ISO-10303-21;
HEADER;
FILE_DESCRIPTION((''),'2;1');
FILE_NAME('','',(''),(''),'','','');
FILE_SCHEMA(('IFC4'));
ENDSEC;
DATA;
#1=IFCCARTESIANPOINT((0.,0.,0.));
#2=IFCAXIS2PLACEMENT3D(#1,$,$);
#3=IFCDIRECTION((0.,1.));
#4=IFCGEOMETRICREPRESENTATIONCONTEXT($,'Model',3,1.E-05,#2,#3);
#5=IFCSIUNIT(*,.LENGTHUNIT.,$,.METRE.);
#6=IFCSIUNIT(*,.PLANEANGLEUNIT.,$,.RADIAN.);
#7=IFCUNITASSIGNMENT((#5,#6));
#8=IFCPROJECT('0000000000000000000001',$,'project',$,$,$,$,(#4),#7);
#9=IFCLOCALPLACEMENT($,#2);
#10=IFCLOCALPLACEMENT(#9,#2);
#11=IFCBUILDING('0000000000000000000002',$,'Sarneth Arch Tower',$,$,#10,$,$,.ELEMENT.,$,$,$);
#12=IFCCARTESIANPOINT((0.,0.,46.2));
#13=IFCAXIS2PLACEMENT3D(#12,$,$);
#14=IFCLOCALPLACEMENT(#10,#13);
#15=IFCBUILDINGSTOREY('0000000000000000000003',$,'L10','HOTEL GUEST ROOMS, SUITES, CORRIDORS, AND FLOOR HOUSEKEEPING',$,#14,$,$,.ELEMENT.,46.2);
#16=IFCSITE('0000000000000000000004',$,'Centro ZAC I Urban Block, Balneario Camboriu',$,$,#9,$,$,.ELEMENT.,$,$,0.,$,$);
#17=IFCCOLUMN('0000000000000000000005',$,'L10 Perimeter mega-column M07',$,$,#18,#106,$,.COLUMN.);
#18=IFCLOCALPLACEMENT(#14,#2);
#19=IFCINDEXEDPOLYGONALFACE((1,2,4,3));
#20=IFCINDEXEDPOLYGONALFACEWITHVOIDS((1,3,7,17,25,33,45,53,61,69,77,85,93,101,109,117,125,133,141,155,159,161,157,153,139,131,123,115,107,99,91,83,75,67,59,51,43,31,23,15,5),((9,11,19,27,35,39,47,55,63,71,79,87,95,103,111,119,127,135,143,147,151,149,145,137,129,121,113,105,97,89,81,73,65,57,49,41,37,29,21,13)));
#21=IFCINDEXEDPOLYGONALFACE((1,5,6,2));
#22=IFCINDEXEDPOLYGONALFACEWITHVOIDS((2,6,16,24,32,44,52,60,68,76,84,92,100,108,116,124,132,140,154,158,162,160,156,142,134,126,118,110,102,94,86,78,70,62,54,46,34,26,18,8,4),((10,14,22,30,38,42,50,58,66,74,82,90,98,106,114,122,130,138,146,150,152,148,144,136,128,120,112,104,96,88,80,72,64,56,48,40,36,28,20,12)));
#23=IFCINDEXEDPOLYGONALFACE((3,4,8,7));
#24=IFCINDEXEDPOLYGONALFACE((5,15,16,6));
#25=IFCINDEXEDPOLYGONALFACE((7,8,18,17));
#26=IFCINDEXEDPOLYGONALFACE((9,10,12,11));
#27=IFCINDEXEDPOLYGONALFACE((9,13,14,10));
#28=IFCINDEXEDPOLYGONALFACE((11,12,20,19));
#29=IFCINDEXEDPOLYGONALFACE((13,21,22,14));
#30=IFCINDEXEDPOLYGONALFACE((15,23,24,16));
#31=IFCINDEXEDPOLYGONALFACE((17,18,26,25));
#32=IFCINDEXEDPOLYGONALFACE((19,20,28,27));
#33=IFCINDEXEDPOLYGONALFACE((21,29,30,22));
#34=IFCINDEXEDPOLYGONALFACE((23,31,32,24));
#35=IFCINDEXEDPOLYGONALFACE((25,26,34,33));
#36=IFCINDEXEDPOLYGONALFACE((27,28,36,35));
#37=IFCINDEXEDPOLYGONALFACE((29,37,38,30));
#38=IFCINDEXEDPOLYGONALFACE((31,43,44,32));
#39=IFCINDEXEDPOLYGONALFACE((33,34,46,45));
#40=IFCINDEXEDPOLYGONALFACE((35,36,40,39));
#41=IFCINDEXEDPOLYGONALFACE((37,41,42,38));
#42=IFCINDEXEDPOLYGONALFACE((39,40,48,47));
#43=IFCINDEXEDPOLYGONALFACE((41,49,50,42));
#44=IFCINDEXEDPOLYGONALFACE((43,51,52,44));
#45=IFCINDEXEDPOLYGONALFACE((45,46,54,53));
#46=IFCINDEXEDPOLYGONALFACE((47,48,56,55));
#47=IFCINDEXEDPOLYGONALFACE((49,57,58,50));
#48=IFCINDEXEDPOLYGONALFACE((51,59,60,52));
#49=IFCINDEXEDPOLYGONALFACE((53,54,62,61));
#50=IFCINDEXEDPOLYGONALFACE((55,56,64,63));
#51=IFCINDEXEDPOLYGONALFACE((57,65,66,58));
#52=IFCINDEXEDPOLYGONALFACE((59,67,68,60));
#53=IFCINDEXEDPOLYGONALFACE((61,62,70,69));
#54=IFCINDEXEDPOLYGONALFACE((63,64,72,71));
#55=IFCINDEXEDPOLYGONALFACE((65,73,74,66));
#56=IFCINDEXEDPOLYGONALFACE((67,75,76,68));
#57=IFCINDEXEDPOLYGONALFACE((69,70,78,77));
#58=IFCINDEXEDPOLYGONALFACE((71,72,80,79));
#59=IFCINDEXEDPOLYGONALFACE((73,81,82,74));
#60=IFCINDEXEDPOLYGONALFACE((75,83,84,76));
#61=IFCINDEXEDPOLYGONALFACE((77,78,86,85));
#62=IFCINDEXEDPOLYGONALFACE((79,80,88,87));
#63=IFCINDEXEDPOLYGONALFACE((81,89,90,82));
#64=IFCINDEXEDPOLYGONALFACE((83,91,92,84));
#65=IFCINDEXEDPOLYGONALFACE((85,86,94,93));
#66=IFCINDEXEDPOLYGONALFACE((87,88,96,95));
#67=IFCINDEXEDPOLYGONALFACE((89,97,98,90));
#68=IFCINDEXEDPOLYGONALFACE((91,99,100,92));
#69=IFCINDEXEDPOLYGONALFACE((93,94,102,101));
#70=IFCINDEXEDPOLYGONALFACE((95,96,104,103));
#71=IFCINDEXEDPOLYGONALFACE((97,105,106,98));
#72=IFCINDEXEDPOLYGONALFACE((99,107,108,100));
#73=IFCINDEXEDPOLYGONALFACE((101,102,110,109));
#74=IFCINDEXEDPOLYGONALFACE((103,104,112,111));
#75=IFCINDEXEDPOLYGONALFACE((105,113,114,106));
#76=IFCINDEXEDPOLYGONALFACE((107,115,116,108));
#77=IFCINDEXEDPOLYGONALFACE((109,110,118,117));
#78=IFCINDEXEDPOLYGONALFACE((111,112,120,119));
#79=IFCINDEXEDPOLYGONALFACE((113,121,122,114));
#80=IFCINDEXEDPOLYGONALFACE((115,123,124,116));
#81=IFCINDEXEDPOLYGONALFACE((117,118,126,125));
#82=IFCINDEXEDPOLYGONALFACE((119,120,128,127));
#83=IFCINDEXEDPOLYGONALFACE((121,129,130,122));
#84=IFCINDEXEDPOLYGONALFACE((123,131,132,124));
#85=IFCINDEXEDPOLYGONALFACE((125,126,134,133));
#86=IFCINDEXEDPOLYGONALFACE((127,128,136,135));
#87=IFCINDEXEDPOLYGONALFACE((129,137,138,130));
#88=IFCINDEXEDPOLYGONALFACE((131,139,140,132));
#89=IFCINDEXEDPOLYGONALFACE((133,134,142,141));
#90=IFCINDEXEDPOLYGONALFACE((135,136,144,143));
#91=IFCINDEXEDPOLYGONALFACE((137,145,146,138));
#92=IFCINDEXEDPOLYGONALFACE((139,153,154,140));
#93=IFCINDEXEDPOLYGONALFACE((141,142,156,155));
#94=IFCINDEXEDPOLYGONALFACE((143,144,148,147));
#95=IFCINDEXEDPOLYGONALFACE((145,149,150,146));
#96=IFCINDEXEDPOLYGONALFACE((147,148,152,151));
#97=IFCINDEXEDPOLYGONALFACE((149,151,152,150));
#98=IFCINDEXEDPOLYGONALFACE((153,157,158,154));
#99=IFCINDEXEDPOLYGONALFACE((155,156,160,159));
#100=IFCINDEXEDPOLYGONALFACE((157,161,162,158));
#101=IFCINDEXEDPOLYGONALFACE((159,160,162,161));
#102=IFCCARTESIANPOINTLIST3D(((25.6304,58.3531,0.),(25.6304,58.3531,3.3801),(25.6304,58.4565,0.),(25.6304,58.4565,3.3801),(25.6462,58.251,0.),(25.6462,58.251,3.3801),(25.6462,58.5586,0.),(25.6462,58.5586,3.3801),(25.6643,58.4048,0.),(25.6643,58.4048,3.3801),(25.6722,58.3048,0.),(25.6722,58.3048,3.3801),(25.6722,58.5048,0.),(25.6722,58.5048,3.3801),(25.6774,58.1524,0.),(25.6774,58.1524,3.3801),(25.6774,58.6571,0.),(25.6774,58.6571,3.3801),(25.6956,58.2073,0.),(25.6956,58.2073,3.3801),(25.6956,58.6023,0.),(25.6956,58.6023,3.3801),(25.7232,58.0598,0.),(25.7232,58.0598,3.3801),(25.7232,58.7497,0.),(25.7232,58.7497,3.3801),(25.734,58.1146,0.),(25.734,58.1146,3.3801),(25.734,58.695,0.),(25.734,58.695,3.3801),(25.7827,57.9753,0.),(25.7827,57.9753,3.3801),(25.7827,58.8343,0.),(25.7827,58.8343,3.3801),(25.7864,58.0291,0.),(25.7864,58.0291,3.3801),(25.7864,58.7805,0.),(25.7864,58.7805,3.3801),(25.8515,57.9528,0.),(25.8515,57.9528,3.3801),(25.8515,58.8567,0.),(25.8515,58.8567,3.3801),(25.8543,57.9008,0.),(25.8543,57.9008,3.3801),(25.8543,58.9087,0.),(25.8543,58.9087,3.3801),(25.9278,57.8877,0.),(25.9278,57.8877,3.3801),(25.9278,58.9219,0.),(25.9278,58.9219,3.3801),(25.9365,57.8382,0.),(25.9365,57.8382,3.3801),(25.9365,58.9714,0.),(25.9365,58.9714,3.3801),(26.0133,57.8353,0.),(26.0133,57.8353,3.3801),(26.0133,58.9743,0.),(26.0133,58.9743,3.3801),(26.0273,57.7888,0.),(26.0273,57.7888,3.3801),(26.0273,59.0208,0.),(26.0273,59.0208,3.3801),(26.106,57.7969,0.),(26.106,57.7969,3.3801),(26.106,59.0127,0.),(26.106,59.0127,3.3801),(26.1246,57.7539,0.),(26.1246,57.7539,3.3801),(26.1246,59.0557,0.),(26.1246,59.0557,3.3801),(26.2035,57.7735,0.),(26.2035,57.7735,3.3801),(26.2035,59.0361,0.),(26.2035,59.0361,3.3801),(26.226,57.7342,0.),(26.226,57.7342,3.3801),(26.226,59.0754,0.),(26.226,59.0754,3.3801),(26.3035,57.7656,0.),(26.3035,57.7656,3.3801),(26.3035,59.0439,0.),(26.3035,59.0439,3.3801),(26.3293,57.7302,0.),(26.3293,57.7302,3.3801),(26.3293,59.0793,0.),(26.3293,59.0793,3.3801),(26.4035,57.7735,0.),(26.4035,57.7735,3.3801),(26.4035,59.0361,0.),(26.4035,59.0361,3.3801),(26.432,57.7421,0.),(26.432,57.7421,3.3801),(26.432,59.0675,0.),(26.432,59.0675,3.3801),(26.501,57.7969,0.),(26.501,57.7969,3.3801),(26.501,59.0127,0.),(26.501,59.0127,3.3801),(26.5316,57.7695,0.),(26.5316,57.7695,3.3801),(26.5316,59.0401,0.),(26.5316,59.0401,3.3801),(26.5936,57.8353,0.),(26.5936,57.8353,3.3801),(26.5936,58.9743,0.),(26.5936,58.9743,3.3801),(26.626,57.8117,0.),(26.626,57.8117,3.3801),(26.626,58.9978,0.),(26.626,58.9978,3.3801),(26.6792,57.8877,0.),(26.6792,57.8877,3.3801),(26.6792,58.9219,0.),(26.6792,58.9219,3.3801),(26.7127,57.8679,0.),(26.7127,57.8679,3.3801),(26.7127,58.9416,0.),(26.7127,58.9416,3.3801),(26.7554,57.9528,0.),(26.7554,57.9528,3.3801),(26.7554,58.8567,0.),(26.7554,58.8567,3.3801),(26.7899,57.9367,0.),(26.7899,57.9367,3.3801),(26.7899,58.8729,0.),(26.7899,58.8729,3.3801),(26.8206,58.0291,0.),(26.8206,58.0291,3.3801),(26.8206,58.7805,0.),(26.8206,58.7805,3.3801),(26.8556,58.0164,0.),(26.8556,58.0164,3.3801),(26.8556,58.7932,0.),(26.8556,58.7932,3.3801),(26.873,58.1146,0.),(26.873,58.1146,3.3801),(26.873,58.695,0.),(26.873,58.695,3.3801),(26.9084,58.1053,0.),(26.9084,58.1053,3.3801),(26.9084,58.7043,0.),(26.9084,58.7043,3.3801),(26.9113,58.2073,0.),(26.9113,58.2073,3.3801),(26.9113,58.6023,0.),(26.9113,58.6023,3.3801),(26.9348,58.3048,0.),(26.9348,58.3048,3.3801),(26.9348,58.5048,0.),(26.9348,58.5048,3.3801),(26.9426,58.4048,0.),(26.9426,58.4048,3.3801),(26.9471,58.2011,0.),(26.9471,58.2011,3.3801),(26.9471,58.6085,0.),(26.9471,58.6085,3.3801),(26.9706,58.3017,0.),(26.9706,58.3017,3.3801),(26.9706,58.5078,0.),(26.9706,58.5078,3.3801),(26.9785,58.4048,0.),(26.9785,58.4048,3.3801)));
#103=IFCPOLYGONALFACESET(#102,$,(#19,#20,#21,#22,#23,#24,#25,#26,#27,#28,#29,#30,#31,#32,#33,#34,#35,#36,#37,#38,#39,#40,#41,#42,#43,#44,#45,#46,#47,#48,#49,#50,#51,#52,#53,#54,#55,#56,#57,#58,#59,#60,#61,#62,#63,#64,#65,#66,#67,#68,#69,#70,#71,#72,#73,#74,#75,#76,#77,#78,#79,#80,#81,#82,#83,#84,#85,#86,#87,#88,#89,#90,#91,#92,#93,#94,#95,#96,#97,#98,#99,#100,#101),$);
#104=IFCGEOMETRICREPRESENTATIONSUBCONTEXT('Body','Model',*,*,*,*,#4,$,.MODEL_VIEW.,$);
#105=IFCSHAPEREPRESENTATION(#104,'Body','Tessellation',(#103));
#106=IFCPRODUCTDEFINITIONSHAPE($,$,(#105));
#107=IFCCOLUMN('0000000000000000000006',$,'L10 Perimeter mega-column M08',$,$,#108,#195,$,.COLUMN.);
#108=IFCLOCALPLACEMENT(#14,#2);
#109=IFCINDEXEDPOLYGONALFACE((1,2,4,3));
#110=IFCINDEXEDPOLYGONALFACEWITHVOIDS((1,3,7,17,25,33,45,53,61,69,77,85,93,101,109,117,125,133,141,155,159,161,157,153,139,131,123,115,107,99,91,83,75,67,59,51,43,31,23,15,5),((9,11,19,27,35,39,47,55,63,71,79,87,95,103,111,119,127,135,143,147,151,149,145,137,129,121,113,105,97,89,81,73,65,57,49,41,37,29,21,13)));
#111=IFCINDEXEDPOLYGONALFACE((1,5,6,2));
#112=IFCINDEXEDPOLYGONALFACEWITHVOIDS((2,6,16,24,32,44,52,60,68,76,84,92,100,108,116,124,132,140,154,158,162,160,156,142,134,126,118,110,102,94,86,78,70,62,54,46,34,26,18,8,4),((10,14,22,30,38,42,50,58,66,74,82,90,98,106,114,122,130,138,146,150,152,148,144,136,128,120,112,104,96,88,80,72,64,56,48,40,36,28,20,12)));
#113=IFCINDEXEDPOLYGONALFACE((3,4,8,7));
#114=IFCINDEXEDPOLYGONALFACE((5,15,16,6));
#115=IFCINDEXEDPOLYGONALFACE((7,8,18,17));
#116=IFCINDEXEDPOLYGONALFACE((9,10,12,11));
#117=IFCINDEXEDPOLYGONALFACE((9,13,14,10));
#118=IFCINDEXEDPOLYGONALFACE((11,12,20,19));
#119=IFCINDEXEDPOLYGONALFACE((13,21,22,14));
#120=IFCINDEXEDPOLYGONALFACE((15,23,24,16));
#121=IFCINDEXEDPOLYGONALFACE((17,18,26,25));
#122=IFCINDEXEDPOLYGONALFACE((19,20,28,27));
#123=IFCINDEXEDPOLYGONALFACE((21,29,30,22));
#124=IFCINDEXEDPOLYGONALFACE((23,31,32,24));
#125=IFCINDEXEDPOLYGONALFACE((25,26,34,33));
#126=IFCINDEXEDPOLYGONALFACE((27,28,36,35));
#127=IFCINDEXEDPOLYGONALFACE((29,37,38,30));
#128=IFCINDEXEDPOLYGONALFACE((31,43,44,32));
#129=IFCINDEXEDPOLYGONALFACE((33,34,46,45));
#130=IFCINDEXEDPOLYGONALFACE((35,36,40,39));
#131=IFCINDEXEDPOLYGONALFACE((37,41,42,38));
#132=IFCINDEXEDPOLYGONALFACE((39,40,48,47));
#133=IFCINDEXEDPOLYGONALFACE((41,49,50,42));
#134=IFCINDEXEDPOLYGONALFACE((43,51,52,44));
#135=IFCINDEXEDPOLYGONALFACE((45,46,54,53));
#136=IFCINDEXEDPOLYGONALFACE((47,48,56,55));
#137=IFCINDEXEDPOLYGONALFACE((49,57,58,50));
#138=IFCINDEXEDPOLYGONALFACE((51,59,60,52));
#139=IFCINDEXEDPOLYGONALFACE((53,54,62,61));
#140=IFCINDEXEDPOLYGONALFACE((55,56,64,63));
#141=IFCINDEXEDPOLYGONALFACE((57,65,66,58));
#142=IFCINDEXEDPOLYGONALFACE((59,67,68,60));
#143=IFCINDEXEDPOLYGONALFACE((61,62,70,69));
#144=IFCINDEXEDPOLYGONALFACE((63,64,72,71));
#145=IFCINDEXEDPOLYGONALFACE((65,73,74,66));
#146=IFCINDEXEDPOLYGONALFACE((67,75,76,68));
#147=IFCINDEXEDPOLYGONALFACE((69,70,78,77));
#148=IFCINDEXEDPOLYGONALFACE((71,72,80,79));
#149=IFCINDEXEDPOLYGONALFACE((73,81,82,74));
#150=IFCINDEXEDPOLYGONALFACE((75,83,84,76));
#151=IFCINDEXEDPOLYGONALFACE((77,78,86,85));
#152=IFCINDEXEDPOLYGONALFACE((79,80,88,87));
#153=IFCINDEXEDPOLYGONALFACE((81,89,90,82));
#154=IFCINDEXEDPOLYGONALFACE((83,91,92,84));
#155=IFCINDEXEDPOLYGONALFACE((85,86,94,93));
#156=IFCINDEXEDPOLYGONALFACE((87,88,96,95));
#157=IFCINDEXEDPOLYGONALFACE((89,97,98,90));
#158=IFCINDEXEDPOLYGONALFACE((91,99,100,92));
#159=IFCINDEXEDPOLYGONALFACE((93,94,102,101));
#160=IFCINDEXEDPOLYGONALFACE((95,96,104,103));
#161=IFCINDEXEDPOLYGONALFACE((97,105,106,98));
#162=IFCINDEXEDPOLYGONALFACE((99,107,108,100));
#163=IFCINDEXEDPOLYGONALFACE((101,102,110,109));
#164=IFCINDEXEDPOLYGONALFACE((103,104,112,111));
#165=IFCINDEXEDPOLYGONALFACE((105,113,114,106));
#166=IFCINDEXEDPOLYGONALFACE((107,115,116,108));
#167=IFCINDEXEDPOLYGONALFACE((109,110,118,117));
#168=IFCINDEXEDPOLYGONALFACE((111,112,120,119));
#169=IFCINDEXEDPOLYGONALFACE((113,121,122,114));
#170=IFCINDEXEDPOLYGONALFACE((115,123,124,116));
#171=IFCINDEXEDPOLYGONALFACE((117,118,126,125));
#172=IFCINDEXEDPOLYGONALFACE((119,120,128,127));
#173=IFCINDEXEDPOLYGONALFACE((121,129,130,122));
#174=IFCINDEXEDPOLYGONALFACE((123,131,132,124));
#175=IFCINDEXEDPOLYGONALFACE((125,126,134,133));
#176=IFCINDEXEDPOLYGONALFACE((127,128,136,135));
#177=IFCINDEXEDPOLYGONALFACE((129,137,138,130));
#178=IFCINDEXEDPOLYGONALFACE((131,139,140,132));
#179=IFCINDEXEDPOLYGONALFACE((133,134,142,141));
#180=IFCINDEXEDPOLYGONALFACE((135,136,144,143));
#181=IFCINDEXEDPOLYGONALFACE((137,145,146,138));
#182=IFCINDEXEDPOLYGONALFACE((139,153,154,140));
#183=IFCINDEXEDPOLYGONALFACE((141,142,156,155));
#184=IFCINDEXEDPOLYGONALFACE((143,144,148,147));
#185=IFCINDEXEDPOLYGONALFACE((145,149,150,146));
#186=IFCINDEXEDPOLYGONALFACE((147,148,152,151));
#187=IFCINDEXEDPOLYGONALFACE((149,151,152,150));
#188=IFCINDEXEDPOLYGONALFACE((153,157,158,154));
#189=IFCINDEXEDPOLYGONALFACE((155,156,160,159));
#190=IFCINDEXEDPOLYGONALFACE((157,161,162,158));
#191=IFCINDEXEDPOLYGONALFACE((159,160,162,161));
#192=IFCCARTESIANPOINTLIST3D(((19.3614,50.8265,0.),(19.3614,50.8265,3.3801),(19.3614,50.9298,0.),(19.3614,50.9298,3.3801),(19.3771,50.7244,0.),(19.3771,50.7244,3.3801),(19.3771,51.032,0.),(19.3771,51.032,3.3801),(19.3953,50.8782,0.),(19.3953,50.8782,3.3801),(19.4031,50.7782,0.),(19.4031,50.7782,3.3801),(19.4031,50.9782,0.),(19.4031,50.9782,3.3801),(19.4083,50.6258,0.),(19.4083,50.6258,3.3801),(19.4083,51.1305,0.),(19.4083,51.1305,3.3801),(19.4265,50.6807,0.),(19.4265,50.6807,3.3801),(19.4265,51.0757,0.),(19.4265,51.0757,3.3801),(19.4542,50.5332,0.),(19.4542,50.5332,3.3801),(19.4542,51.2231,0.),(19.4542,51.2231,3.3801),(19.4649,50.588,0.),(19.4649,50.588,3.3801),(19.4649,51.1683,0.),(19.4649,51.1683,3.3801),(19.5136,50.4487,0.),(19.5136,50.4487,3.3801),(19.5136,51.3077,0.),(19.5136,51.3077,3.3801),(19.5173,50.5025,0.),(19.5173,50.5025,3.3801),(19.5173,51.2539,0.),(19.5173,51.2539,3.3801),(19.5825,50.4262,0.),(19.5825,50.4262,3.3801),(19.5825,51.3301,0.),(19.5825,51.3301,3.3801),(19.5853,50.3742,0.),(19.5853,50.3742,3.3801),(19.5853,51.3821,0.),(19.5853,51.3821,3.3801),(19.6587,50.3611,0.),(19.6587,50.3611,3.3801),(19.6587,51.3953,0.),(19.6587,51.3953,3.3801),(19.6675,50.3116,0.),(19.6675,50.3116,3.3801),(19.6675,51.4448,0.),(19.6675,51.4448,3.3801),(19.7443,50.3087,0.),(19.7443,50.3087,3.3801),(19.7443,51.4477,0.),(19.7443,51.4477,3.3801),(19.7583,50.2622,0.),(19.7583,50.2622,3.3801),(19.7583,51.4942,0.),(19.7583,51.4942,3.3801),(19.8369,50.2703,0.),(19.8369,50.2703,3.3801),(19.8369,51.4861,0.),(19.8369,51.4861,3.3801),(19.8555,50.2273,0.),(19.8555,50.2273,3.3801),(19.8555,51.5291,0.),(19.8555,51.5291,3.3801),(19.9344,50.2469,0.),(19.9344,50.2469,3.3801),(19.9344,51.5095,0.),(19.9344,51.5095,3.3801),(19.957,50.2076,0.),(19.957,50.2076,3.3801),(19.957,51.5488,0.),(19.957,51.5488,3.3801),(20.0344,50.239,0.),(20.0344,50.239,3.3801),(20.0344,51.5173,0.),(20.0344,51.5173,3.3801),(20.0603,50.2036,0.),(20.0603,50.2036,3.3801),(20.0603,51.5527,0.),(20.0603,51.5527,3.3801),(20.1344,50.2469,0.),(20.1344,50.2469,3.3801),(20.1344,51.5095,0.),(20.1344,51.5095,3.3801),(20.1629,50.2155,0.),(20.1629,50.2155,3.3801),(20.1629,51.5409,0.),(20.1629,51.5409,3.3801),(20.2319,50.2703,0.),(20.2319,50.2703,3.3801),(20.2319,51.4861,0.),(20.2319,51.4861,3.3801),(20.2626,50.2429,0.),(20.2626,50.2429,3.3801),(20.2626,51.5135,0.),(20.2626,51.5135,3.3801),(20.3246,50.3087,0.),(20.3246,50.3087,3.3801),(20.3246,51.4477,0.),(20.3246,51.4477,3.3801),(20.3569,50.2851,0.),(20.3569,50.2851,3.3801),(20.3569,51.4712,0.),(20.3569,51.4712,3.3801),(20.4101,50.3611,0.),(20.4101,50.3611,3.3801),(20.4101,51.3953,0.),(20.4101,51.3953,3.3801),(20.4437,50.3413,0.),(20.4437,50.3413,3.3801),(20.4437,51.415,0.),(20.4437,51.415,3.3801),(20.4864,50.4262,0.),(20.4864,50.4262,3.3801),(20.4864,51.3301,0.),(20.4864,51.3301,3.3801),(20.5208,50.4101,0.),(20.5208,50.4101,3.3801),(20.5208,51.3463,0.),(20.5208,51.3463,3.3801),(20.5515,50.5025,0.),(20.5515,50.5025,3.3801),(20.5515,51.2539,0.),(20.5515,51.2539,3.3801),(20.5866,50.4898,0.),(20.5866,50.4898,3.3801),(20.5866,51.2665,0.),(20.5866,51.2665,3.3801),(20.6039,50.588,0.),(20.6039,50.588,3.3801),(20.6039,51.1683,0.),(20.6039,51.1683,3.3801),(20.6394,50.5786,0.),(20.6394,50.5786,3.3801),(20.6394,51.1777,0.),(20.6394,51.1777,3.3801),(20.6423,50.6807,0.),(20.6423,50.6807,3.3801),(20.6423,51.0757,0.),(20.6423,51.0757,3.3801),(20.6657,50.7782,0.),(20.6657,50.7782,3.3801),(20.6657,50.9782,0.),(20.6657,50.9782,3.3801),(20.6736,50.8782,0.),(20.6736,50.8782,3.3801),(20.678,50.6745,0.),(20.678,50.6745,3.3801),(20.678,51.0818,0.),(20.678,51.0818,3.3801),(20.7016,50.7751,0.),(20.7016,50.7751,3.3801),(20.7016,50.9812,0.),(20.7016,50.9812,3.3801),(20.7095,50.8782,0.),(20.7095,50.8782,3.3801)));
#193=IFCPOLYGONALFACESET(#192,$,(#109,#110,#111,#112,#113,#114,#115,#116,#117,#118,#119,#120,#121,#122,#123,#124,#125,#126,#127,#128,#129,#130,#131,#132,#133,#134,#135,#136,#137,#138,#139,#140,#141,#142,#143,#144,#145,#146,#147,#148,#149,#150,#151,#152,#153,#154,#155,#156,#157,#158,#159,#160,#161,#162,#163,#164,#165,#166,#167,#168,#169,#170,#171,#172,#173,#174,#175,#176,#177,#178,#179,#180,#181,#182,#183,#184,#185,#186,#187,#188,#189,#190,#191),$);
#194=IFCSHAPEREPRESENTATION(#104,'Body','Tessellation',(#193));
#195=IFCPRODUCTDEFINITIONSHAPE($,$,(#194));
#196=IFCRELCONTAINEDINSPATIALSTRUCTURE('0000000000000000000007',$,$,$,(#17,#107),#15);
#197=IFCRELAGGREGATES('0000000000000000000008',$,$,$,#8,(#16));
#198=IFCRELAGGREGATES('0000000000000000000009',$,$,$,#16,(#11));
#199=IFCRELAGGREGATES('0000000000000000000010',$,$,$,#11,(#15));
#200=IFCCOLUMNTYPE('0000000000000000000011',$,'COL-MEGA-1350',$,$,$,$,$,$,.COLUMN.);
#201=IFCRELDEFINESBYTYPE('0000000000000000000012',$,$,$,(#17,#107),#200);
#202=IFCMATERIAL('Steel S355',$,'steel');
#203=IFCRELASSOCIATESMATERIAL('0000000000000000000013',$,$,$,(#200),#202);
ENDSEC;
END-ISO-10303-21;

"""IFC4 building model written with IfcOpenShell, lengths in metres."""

from ifc_helpers import new_model, si_unit, direction, frame, origin, origin_2d, place, context, subcontext, project, spatial, hollow_circle, extrude, material, material_profile, profile_set, type_object, element, save


model = new_model("IFC4")

# Units and contexts
model_context = context("Model", 3, precision=1e-05, world=origin(), true_north=direction((0.0, 1.0)))
body_context = subcontext(model_context, "Body", "Model", "MODEL_VIEW")
ifc_project = project(units=[si_unit("LENGTHUNIT", "METRE"), si_unit("PLANEANGLEUNIT", "RADIAN")], contexts=[model_context])

# Site, building, storey
site_placement = place(None, origin())
site = spatial("IfcSite", under=ifc_project, at=site_placement, Name="Centro ZAC I Urban Block, Balneario Camboriu", CompositionType="ELEMENT", RefElevation=0.0)
building_placement = place(site_placement, origin())
building = spatial("IfcBuilding", under=site, at=building_placement, Name="Sarneth Arch Tower", CompositionType="ELEMENT")
storey_placement = place(building_placement, frame((0.0, 0.0, 46.2)))
storey = spatial("IfcBuildingStorey", under=building, at=storey_placement, Name="L10", Description="HOTEL GUEST ROOMS, SUITES, CORRIDORS, AND FLOOR HOUSEKEEPING", CompositionType="ELEMENT", Elevation=46.2)

# Columns
ifc_material_1 = material(Name="Steel S355", Category="steel")
ifc_material_profile_1 = material_profile(ifc_material_1, hollow_circle(Radius=0.675, WallThickness=0.0359, at=origin_2d()), Name="CHS1350x36")
ifc_profile_set_1 = profile_set([ifc_material_profile_1], Name="Steel S355")
column_type = type_object("IfcColumnType", Name="COL-MEGA-1350", PredefinedType="COLUMN", material=ifc_profile_set_1)
for number, where, z_axis, x_axis, name in (
    (1, (26.3035, 58.4048, 0.0), (0.0, 0.0, 1.0), (1.0, 0.0, 0.0), "L10 Perimeter mega-column M07"),
    (2, (20.0344, 50.8782, 0.0), (0.0, 0.0, 1.0), (1.0, 0.0, 0.0), "L10 Perimeter mega-column M08"),
):
    element("IfcColumn", number, at=place(storey_placement, frame(where, z_axis=z_axis, x_axis=x_axis)), inside=storey, type_object=column_type, Name=name, PredefinedType="COLUMN", context=body_context, shape_type="SweptSolid", body=[
        extrude(hollow_circle(Radius=0.675, WallThickness=0.0359, at=origin_2d()), origin(), (0.0, 0.0, 1.0), 3.3801),
    ])

save(model, "model.ifc")
